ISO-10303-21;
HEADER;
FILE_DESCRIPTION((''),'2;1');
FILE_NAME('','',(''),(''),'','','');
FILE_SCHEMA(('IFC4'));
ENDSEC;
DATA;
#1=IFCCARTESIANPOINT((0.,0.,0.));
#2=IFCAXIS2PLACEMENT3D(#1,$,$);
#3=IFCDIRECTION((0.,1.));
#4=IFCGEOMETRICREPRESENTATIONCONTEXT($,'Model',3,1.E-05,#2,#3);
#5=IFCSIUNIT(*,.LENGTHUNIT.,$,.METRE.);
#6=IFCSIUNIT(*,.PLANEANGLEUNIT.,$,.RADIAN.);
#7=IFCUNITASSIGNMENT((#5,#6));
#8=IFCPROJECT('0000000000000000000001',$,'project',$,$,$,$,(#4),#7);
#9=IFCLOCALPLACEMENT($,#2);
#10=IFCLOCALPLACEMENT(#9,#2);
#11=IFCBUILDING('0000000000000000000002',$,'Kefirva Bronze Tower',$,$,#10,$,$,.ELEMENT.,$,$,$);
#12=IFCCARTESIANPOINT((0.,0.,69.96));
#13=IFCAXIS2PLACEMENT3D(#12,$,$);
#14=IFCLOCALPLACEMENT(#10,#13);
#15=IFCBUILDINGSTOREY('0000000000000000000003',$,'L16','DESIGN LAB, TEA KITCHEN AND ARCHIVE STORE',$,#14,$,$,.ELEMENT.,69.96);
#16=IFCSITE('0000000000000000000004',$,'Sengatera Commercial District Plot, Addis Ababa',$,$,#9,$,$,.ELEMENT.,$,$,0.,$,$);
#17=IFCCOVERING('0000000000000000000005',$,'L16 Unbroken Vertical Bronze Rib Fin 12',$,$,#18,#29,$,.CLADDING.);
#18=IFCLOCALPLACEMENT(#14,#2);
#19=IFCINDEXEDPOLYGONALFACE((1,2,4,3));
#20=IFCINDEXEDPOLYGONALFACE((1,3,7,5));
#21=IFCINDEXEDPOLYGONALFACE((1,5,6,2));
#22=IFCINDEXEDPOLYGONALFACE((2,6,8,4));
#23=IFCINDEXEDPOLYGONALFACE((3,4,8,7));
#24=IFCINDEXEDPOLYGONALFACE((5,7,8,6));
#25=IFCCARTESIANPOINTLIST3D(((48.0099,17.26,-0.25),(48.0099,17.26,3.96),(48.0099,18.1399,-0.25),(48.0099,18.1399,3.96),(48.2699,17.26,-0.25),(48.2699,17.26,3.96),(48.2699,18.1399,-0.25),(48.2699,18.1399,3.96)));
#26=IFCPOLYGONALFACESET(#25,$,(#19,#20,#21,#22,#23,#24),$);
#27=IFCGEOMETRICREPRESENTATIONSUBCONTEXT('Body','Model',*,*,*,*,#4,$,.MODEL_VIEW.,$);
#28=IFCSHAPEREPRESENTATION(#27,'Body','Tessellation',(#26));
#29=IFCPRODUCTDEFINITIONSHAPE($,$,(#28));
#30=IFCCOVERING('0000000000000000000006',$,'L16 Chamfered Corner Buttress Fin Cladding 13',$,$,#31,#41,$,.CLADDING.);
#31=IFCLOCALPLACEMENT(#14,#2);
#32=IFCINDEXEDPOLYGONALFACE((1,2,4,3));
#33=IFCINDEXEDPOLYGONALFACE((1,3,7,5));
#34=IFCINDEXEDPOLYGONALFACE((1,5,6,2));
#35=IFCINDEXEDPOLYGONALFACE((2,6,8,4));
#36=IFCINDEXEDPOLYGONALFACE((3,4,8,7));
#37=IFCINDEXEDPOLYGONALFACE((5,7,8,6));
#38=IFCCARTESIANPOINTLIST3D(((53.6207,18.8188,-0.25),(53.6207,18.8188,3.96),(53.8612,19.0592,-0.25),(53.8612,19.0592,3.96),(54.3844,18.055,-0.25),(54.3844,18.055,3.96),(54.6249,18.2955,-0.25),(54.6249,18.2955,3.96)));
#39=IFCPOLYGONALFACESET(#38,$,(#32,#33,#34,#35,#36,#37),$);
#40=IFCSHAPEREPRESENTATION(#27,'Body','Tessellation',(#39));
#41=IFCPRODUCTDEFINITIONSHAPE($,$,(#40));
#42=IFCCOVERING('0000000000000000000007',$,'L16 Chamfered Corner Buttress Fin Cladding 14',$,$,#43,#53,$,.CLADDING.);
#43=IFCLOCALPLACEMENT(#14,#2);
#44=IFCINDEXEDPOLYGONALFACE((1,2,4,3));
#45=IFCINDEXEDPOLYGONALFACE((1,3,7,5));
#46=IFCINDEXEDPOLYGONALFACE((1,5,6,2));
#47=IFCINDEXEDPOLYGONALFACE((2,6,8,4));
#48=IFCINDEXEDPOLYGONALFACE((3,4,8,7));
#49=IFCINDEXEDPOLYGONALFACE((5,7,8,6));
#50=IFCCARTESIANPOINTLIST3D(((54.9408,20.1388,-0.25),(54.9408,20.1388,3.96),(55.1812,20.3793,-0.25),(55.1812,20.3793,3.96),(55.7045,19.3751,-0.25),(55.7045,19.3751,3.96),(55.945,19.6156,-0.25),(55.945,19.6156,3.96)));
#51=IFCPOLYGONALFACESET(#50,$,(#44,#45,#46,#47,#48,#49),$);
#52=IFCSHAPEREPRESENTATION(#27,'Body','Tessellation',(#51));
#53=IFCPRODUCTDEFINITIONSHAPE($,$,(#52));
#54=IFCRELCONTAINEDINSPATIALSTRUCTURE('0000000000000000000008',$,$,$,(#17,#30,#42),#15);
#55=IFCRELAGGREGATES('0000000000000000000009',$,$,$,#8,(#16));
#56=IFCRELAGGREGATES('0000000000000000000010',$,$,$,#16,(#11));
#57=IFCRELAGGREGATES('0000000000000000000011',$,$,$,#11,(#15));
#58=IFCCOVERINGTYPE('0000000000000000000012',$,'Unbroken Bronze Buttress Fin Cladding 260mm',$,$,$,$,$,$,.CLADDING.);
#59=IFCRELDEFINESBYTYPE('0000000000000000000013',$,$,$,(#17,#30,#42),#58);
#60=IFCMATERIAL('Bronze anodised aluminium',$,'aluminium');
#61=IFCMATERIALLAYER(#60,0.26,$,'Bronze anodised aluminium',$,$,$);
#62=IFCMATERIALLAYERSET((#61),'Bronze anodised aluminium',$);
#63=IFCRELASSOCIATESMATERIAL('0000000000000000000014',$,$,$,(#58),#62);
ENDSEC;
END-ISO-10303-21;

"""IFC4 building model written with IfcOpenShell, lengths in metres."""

from ifc_helpers import new_model, si_unit, direction, frame, origin, origin_2d, place, context, subcontext, project, spatial, rectangle, extrude, material, layer, layer_set, type_object, element, save


model = new_model("IFC4")

# Units and contexts
model_context = context("Model", 3, precision=1e-05, world=origin(), true_north=direction((0.0, 1.0)))
body_context = subcontext(model_context, "Body", "Model", "MODEL_VIEW")
ifc_project = project(units=[si_unit("LENGTHUNIT", "METRE"), si_unit("PLANEANGLEUNIT", "RADIAN")], contexts=[model_context])

# Site, building, storey
site_placement = place(None, origin())
site = spatial("IfcSite", under=ifc_project, at=site_placement, Name="Sengatera Commercial District Plot, Addis Ababa", CompositionType="ELEMENT", RefElevation=0.0)
building_placement = place(site_placement, origin())
building = spatial("IfcBuilding", under=site, at=building_placement, Name="Kefirva Bronze Tower", CompositionType="ELEMENT")
storey_placement = place(building_placement, frame((0.0, 0.0, 69.96)))
storey = spatial("IfcBuildingStorey", under=building, at=storey_placement, Name="L16", Description="DESIGN LAB, TEA KITCHEN AND ARCHIVE STORE", CompositionType="ELEMENT", Elevation=69.96)

# Shared definitions
ifc_material_1 = material(Name="Bronze anodised aluminium", Category="aluminium")

# Coverings
ifc_layer_1 = layer(ifc_material_1, 0.26, Name="Bronze anodised aluminium")
ifc_layer_set_1 = layer_set([ifc_layer_1], Name="Bronze anodised aluminium")
covering_type_1 = type_object("IfcCoveringType", Name="Unbroken Bronze Buttress Fin Cladding 260mm", PredefinedType="CLADDING", material=ifc_layer_set_1)
for number, where, z_axis, x_axis, name in (
    (1, (48.1399, 17.7, -0.25), (0.0, 0.0, 1.0), (1.0, 0.0, 0.0), "L16 Unbroken Vertical Bronze Rib Fin 12"),
):
    element("IfcCovering", number, at=place(storey_placement, frame(where, z_axis=z_axis, x_axis=x_axis)), inside=storey, type_object=covering_type_1, Name=name, PredefinedType="CLADDING", context=body_context, shape_type="SweptSolid", body=[
        extrude(rectangle(XDim=0.26, YDim=0.8799, at=origin_2d()), origin(), (0.0, 0.0, 1.0), 4.21),
    ])
for number, where, z_axis, x_axis, name in (
    (2, (54.1228, 18.5571, -0.25), (0.0, 0.0, 1.0), (0.707107, 0.707107, 0.0), "L16 Chamfered Corner Buttress Fin Cladding 13"),
    (3, (55.4429, 19.8772, -0.25), (0.0, 0.0, 1.0), (0.707107, 0.707107, 0.0), "L16 Chamfered Corner Buttress Fin Cladding 14"),
):
    element("IfcCovering", number, at=place(storey_placement, frame(where, z_axis=z_axis, x_axis=x_axis)), inside=storey, type_object=covering_type_1, Name=name, PredefinedType="CLADDING", context=body_context, shape_type="SweptSolid", body=[
        extrude(rectangle(XDim=0.3401, YDim=1.0801, at=origin_2d()), origin(), (0.0, 0.0, 1.0), 4.21),
    ])

save(model, "model.ifc")
